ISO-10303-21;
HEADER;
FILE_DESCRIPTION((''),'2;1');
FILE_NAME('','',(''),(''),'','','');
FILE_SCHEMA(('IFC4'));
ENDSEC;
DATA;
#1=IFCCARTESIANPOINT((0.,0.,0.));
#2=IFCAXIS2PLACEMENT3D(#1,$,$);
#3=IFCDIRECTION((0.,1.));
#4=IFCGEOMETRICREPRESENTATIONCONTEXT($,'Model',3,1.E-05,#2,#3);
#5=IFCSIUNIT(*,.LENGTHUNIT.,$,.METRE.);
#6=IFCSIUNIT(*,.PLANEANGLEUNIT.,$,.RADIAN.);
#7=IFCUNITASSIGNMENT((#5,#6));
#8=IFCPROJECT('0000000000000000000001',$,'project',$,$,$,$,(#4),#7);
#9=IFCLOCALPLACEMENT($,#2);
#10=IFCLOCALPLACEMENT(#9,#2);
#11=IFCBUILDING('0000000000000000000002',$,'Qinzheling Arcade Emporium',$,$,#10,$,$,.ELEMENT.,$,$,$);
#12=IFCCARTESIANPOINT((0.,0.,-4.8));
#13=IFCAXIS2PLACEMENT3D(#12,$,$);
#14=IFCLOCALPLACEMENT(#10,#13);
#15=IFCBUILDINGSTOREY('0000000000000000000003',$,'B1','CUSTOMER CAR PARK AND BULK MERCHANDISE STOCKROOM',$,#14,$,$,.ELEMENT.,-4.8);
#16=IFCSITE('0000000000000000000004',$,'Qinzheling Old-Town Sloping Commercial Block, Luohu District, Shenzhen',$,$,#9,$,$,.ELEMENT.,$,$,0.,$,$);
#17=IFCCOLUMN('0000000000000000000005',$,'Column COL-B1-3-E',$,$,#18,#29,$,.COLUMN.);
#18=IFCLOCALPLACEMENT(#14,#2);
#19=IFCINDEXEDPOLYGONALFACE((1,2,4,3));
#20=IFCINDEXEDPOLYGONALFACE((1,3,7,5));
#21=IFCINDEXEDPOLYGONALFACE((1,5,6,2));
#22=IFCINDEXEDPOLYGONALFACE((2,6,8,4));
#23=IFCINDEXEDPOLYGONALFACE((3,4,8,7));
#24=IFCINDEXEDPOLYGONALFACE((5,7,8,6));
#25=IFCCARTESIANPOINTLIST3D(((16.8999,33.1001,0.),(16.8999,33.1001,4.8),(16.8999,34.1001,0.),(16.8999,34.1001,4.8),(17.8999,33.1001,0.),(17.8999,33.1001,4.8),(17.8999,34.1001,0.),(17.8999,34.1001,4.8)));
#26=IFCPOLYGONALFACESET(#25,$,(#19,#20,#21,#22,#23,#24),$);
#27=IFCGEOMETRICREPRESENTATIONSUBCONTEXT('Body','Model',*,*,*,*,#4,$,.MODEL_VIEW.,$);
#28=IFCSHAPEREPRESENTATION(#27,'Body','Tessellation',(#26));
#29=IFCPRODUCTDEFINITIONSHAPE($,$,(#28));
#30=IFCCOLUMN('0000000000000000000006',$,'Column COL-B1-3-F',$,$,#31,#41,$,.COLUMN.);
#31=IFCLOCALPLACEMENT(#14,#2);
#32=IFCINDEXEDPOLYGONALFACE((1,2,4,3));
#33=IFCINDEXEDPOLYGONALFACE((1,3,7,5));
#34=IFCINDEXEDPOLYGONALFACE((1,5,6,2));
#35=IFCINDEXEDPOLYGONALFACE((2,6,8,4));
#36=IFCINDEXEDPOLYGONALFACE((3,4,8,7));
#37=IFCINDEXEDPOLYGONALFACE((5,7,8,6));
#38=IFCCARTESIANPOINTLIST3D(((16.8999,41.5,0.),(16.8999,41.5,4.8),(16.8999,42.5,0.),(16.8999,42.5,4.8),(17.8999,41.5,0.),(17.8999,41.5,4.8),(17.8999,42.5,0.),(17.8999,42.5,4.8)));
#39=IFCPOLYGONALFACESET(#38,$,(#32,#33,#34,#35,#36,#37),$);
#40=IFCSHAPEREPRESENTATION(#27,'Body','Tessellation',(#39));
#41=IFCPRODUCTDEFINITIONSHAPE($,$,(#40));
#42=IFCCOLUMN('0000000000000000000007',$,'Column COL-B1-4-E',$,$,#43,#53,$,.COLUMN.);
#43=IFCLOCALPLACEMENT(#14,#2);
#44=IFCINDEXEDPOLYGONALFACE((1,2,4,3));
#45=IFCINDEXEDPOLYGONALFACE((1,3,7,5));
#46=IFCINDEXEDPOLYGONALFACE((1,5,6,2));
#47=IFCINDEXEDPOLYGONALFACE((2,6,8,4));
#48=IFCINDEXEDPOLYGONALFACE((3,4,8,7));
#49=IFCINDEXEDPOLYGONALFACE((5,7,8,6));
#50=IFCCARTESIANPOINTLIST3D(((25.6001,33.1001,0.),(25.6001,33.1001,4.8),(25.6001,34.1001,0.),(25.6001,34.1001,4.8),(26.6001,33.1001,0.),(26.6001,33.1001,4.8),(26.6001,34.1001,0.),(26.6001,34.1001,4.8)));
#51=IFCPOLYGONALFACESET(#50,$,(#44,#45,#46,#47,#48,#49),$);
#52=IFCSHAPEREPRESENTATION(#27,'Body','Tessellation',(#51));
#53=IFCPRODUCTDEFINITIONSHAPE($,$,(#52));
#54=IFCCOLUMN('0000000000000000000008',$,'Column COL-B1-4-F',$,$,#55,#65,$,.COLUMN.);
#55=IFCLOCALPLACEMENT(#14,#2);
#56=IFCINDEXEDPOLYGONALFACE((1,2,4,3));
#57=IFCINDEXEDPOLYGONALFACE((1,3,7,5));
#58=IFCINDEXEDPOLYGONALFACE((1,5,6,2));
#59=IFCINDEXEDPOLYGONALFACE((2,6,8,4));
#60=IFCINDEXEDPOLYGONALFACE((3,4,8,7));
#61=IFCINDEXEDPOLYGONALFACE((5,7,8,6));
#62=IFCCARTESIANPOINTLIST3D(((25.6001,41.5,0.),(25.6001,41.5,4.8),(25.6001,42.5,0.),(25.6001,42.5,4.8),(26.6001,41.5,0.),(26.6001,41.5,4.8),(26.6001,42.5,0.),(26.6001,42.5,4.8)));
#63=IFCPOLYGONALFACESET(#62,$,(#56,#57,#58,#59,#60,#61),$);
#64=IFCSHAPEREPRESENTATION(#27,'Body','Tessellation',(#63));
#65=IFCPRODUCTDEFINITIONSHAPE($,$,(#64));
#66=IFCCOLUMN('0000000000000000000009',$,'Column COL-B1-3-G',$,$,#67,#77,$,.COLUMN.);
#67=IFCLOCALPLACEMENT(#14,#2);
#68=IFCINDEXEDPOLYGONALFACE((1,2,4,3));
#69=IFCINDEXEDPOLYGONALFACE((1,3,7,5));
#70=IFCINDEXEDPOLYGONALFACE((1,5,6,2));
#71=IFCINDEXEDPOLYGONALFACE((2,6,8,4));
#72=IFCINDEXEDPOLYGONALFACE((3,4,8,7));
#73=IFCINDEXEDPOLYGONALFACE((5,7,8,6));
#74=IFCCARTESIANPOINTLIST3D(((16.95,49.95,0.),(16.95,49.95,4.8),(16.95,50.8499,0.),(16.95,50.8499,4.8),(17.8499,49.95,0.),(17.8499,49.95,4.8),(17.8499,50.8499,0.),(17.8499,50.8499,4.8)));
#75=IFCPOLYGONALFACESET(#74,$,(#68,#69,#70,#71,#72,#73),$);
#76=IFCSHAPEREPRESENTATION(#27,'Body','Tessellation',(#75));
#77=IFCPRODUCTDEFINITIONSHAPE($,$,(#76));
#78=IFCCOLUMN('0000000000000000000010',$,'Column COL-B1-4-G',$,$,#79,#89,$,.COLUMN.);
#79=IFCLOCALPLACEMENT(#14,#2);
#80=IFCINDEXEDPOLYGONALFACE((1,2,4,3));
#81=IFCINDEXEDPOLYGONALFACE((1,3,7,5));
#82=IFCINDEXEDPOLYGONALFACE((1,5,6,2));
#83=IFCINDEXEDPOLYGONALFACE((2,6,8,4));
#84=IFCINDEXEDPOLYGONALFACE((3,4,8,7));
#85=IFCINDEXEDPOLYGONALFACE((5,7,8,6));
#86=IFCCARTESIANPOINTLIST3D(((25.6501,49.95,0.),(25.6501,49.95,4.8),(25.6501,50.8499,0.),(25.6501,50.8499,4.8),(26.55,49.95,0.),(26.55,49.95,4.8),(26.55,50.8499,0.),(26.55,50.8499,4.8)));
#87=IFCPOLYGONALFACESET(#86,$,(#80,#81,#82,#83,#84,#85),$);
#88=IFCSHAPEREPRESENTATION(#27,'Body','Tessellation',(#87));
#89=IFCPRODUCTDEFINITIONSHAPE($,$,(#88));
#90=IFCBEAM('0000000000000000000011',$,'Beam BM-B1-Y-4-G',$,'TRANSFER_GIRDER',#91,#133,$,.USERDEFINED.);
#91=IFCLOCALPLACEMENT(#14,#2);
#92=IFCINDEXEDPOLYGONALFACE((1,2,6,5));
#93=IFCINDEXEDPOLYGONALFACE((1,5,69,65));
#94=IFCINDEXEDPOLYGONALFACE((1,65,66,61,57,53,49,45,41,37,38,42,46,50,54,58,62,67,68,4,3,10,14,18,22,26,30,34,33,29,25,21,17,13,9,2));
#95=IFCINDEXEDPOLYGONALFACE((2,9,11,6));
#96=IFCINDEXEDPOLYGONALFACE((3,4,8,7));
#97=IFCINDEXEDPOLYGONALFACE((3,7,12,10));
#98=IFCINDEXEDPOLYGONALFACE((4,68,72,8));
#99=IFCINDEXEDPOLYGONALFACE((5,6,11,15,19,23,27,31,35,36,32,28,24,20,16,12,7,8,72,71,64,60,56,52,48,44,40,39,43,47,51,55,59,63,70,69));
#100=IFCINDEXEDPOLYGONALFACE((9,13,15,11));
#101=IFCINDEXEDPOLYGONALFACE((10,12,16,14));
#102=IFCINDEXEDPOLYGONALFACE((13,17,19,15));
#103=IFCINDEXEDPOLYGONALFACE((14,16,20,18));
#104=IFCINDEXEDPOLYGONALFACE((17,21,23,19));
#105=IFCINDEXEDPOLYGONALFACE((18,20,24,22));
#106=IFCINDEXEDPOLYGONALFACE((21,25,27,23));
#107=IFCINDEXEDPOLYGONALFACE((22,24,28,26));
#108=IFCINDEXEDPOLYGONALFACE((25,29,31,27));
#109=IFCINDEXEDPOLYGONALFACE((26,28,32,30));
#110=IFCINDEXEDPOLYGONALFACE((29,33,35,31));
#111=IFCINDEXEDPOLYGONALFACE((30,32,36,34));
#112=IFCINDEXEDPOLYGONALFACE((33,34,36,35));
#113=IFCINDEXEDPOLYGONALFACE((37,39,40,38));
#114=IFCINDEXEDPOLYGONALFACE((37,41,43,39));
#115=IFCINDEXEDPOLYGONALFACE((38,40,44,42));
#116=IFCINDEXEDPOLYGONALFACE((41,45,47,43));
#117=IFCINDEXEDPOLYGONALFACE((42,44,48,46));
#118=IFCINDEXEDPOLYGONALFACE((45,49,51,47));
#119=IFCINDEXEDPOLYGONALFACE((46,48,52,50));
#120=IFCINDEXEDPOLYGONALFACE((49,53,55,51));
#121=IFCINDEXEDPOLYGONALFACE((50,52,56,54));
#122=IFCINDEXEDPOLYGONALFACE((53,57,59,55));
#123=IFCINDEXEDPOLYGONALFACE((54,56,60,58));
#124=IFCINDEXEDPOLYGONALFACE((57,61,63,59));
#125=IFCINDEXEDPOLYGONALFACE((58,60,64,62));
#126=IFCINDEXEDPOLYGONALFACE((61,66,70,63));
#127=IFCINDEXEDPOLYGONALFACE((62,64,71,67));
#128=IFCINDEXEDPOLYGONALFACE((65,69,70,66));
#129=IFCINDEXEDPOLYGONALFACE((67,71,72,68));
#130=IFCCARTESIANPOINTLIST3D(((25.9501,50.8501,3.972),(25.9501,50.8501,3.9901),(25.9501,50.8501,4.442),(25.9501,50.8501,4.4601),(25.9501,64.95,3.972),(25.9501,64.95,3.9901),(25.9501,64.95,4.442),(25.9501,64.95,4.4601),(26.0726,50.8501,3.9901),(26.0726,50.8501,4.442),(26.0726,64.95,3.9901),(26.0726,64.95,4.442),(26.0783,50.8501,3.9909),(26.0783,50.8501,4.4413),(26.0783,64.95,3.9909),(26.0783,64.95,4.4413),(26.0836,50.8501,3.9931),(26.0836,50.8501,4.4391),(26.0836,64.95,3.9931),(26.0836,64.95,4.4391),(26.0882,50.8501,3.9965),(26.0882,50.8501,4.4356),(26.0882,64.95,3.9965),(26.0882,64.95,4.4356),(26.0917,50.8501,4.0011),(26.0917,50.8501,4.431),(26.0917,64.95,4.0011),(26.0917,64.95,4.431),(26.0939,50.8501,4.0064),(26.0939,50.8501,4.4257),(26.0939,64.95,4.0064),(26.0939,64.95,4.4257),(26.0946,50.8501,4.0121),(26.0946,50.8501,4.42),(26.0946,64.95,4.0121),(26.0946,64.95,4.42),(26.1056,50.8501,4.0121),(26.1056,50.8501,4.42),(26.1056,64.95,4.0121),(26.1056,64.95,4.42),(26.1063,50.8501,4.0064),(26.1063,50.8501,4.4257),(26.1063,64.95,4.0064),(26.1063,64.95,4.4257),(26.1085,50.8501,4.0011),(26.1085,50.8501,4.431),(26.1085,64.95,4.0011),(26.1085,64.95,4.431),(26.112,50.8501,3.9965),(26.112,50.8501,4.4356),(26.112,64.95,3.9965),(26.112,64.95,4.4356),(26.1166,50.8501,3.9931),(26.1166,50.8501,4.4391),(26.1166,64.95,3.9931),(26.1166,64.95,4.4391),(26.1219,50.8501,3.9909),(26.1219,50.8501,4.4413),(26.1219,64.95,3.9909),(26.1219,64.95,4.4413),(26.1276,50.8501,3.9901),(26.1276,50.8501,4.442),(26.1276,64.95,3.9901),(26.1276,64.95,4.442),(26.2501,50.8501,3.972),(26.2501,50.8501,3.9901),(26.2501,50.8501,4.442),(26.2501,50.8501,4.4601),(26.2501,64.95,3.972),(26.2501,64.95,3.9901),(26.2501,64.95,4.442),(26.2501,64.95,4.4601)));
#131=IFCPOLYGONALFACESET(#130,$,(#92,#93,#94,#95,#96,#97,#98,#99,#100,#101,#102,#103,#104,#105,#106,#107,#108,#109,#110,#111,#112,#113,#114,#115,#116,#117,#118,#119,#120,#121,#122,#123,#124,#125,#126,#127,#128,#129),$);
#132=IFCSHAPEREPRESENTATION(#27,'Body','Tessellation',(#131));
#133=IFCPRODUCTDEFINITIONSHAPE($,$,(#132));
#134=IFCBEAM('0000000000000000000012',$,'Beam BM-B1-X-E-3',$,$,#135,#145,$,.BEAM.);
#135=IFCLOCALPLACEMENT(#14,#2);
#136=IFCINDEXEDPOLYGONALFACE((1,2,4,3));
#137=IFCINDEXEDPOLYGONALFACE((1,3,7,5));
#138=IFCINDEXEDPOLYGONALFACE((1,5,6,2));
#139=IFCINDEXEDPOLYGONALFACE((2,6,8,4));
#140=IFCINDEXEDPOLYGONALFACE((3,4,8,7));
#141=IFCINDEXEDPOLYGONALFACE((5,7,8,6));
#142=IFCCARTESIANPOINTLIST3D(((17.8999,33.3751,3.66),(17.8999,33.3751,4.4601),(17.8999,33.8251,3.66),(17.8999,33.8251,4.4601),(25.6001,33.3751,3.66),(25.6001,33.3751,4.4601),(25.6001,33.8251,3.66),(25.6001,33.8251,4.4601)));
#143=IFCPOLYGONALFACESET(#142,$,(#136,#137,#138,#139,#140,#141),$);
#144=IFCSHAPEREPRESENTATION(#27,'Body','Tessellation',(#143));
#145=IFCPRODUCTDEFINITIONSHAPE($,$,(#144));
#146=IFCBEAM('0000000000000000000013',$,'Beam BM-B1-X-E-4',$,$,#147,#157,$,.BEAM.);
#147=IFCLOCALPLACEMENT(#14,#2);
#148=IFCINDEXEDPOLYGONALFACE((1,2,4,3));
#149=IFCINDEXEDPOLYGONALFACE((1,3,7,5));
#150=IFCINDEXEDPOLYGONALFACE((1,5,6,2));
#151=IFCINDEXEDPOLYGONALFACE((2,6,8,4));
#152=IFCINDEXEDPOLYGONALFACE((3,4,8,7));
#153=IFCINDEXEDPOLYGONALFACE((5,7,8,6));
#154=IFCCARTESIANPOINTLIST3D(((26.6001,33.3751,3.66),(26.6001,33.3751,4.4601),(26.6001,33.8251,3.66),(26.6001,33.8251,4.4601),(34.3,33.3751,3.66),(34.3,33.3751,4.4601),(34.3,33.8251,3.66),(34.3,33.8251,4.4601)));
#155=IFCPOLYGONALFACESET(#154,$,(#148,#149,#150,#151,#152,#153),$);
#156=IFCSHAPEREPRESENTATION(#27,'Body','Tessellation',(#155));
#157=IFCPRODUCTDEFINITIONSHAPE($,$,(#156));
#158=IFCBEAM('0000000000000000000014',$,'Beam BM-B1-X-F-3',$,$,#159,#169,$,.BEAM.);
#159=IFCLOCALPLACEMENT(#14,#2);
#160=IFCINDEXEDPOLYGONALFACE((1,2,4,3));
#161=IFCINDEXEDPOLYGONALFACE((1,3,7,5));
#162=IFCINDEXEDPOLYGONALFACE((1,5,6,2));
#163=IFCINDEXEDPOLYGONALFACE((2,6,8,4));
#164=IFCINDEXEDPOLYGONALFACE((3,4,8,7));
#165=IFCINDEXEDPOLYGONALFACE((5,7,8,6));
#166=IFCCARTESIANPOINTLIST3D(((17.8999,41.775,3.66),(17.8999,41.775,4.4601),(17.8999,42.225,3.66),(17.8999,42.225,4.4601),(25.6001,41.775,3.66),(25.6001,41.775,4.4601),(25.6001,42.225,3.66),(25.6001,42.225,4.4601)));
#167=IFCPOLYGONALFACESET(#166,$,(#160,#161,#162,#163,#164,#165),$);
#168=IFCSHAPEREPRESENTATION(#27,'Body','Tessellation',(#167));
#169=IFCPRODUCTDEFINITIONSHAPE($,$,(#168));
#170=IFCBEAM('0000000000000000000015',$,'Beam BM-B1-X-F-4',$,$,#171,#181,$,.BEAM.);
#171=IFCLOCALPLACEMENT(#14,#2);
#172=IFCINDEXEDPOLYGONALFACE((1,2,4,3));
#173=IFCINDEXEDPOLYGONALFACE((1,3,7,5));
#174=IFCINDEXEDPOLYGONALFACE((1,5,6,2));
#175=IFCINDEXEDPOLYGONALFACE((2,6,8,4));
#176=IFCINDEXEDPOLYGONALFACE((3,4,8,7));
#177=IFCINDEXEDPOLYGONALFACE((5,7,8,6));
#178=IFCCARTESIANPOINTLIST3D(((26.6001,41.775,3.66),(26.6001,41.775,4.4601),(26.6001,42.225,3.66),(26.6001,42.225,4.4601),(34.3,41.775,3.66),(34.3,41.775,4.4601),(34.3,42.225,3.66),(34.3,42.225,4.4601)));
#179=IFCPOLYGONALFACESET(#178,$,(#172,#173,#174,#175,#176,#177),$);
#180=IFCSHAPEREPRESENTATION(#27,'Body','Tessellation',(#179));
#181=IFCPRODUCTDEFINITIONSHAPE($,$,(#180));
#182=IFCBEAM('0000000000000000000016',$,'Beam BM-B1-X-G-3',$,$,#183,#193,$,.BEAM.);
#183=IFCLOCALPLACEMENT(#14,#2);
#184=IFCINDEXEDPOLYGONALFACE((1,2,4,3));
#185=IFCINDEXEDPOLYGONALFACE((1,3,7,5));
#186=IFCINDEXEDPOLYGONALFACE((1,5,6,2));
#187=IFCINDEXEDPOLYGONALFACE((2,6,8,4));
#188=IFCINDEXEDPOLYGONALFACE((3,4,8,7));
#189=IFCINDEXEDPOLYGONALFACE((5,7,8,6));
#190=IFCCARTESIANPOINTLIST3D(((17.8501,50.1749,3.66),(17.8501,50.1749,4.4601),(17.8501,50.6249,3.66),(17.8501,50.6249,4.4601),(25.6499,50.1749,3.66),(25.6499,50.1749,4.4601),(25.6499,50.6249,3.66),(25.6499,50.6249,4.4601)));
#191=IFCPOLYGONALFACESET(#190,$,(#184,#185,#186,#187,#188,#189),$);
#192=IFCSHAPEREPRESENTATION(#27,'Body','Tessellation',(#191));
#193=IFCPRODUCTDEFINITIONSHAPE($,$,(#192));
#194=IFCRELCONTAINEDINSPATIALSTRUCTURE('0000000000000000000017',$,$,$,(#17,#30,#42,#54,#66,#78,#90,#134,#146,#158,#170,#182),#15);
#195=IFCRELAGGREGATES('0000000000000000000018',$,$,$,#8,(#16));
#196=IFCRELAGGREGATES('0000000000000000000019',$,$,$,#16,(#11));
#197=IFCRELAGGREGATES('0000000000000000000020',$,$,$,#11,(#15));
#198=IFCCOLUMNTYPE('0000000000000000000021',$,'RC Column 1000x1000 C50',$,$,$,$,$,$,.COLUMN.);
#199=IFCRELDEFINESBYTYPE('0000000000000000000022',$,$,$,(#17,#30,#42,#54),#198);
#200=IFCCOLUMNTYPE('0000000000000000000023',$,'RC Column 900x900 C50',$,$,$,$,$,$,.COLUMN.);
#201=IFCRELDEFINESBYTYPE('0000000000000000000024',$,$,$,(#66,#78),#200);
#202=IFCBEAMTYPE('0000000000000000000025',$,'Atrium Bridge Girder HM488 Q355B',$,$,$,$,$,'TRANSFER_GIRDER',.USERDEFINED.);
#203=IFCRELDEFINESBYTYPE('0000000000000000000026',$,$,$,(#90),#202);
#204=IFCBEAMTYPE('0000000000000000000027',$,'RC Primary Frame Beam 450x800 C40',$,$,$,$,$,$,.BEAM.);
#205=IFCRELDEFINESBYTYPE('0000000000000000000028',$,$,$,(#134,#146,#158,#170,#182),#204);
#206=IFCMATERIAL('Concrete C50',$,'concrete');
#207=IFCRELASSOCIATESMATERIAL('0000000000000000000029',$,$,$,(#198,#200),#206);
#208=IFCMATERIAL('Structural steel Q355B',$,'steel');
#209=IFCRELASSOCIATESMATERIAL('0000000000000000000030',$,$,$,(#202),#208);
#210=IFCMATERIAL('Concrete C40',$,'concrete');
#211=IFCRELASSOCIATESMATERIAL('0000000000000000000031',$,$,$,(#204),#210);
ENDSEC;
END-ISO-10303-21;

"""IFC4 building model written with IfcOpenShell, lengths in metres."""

from ifc_helpers import new_model, si_unit, direction, frame, origin, origin_2d, place, context, subcontext, project, spatial, rectangle, i_section, extrude, material, material_profile, profile_set, type_object, element, save


model = new_model("IFC4")

# Units and contexts
model_context = context("Model", 3, precision=1e-05, world=origin(), true_north=direction((0.0, 1.0)))
body_context = subcontext(model_context, "Body", "Model", "MODEL_VIEW")
ifc_project = project(units=[si_unit("LENGTHUNIT", "METRE"), si_unit("PLANEANGLEUNIT", "RADIAN")], contexts=[model_context])

# Site, building, storey
site_placement = place(None, origin())
site = spatial("IfcSite", under=ifc_project, at=site_placement, Name="Qinzheling Old-Town Sloping Commercial Block, Luohu District, Shenzhen", CompositionType="ELEMENT", RefElevation=0.0)
building_placement = place(site_placement, origin())
building = spatial("IfcBuilding", under=site, at=building_placement, Name="Qinzheling Arcade Emporium", CompositionType="ELEMENT")
storey_placement = place(building_placement, frame((0.0, 0.0, -4.8)))
storey = spatial("IfcBuildingStorey", under=building, at=storey_placement, Name="B1", Description="CUSTOMER CAR PARK AND BULK MERCHANDISE STOCKROOM", CompositionType="ELEMENT", Elevation=-4.8)

# Columns
ifc_material_1 = material(Name="Concrete C50", Category="concrete")
ifc_material_profile_1 = material_profile(ifc_material_1, rectangle(XDim=1.0, YDim=1.0, at=origin_2d()), Name="RC 1000x1000", Category="concrete")
ifc_profile_set_1 = profile_set([ifc_material_profile_1], Name="Concrete C50")
column_type_1 = type_object("IfcColumnType", Name="RC Column 1000x1000 C50", PredefinedType="COLUMN", material=ifc_profile_set_1)
for number, where, z_axis, x_axis, name in (
    (1, (17.3999, 33.6001, 0.0), (0.0, 0.0, 1.0), (1.0, 0.0, 0.0), "Column COL-B1-3-E"),
    (2, (17.3999, 42.0, 0.0), (0.0, 0.0, 1.0), (1.0, 0.0, 0.0), "Column COL-B1-3-F"),
    (3, (26.1001, 33.6001, 0.0), (0.0, 0.0, 1.0), (1.0, 0.0, 0.0), "Column COL-B1-4-E"),
    (4, (26.1001, 42.0, 0.0), (0.0, 0.0, 1.0), (1.0, 0.0, 0.0), "Column COL-B1-4-F"),
):
    element("IfcColumn", number, at=place(storey_placement, frame(where, z_axis=z_axis, x_axis=x_axis)), inside=storey, type_object=column_type_1, Name=name, PredefinedType="COLUMN", context=body_context, shape_type="SweptSolid", body=[
        extrude(rectangle(XDim=1.0, YDim=1.0, at=origin_2d()), origin(), (0.0, 0.0, 1.0), 4.8),
    ])
ifc_material_profile_2 = material_profile(ifc_material_1, rectangle(XDim=0.8999, YDim=0.8999, at=origin_2d()), Name="RC 900x900", Category="concrete")
ifc_profile_set_2 = profile_set([ifc_material_profile_2], Name="Concrete C50")
column_type_2 = type_object("IfcColumnType", Name="RC Column 900x900 C50", PredefinedType="COLUMN", material=ifc_profile_set_2)
for number, where, z_axis, x_axis, name in (
    (5, (17.3999, 50.3999, 0.0), (0.0, 0.0, 1.0), (1.0, 0.0, 0.0), "Column COL-B1-3-G"),
    (6, (26.1001, 50.3999, 0.0), (0.0, 0.0, 1.0), (1.0, 0.0, 0.0), "Column COL-B1-4-G"),
):
    element("IfcColumn", number, at=place(storey_placement, frame(where, z_axis=z_axis, x_axis=x_axis)), inside=storey, type_object=column_type_2, Name=name, PredefinedType="COLUMN", context=body_context, shape_type="SweptSolid", body=[
        extrude(rectangle(XDim=0.8999, YDim=0.8999, at=origin_2d()), origin(), (0.0, 0.0, 1.0), 4.8),
    ])

# Beams
ifc_material_2 = material(Name="Structural steel Q355B", Category="steel")
ifc_material_profile_3 = material_profile(ifc_material_2, i_section(OverallWidth=0.3, OverallDepth=0.488, WebThickness=0.011, FlangeThickness=0.0181, FilletRadius=0.022, at=origin_2d()), Name="HM 488x300x11x18", Category="steel")
ifc_profile_set_3 = profile_set([ifc_material_profile_3], Name="Structural steel Q355B")
beam_type_1 = type_object("IfcBeamType", Name="Atrium Bridge Girder HM488 Q355B", ElementType="TRANSFER_GIRDER", PredefinedType="USERDEFINED", material=ifc_profile_set_3)
beam_1_placement = place(storey_placement, frame((26.1001, 50.8501, 4.2161), z_axis=(0.0, 1.0, 0.0), x_axis=(-1.0, 0.0, 0.0)))
element("IfcBeam", 7, at=beam_1_placement, inside=storey, type_object=beam_type_1, Name="Beam BM-B1-Y-4-G", ObjectType="TRANSFER_GIRDER", PredefinedType="USERDEFINED", context=body_context, shape_type="SweptSolid", body=[
    extrude(i_section(OverallWidth=0.3, OverallDepth=0.488, WebThickness=0.011, FlangeThickness=0.0181, FilletRadius=0.022, at=origin_2d()), origin(), (0.0, 0.0, 1.0), 14.0999),
])
ifc_material_3 = material(Name="Concrete C40", Category="concrete")
ifc_material_profile_4 = material_profile(ifc_material_3, rectangle(XDim=0.45, YDim=0.8, at=origin_2d()), Name="RC 450x800", Category="concrete")
ifc_profile_set_4 = profile_set([ifc_material_profile_4], Name="Concrete C40")
beam_type_2 = type_object("IfcBeamType", Name="RC Primary Frame Beam 450x800 C40", PredefinedType="BEAM", material=ifc_profile_set_4)
beam_2_placement = place(storey_placement, frame((17.8999, 33.6001, 4.0601), z_axis=(1.0, 0.0, 0.0), x_axis=(0.0, 1.0, 0.0)))
element("IfcBeam", 8, at=beam_2_placement, inside=storey, type_object=beam_type_2, Name="Beam BM-B1-X-E-3", PredefinedType="BEAM", context=body_context, shape_type="SweptSolid", body=[
    extrude(rectangle(XDim=0.45, YDim=0.8, at=origin_2d()), origin(), (0.0, 0.0, 1.0), 7.7002),
])
beam_3_placement = place(storey_placement, frame((26.6001, 33.6001, 4.0601), z_axis=(1.0, 0.0, 0.0), x_axis=(0.0, 1.0, 0.0)))
element("IfcBeam", 9, at=beam_3_placement, inside=storey, type_object=beam_type_2, Name="Beam BM-B1-X-E-4", PredefinedType="BEAM", context=body_context, shape_type="SweptSolid", body=[
    extrude(rectangle(XDim=0.45, YDim=0.8, at=origin_2d()), origin(), (0.0, 0.0, 1.0), 7.7),
])
beam_4_placement = place(storey_placement, frame((17.8999, 42.0, 4.0601), z_axis=(1.0, 0.0, 0.0), x_axis=(0.0, 1.0, 0.0)))
element("IfcBeam", 10, at=beam_4_placement, inside=storey, type_object=beam_type_2, Name="Beam BM-B1-X-F-3", PredefinedType="BEAM", context=body_context, shape_type="SweptSolid", body=[
    extrude(rectangle(XDim=0.45, YDim=0.8, at=origin_2d()), origin(), (0.0, 0.0, 1.0), 7.7002),
])
beam_5_placement = place(storey_placement, frame((26.6001, 42.0, 4.0601), z_axis=(1.0, 0.0, 0.0), x_axis=(0.0, 1.0, 0.0)))
element("IfcBeam", 11, at=beam_5_placement, inside=storey, type_object=beam_type_2, Name="Beam BM-B1-X-F-4", PredefinedType="BEAM", context=body_context, shape_type="SweptSolid", body=[
    extrude(rectangle(XDim=0.45, YDim=0.8, at=origin_2d()), origin(), (0.0, 0.0, 1.0), 7.7),
])
beam_6_placement = place(storey_placement, frame((17.8501, 50.3999, 4.0601), z_axis=(1.0, 0.0, 0.0), x_axis=(0.0, 1.0, 0.0)))
element("IfcBeam", 12, at=beam_6_placement, inside=storey, type_object=beam_type_2, Name="Beam BM-B1-X-G-3", PredefinedType="BEAM", context=body_context, shape_type="SweptSolid", body=[
    extrude(rectangle(XDim=0.45, YDim=0.8, at=origin_2d()), origin(), (0.0, 0.0, 1.0), 7.7998),
])

save(model, "model.ifc")
